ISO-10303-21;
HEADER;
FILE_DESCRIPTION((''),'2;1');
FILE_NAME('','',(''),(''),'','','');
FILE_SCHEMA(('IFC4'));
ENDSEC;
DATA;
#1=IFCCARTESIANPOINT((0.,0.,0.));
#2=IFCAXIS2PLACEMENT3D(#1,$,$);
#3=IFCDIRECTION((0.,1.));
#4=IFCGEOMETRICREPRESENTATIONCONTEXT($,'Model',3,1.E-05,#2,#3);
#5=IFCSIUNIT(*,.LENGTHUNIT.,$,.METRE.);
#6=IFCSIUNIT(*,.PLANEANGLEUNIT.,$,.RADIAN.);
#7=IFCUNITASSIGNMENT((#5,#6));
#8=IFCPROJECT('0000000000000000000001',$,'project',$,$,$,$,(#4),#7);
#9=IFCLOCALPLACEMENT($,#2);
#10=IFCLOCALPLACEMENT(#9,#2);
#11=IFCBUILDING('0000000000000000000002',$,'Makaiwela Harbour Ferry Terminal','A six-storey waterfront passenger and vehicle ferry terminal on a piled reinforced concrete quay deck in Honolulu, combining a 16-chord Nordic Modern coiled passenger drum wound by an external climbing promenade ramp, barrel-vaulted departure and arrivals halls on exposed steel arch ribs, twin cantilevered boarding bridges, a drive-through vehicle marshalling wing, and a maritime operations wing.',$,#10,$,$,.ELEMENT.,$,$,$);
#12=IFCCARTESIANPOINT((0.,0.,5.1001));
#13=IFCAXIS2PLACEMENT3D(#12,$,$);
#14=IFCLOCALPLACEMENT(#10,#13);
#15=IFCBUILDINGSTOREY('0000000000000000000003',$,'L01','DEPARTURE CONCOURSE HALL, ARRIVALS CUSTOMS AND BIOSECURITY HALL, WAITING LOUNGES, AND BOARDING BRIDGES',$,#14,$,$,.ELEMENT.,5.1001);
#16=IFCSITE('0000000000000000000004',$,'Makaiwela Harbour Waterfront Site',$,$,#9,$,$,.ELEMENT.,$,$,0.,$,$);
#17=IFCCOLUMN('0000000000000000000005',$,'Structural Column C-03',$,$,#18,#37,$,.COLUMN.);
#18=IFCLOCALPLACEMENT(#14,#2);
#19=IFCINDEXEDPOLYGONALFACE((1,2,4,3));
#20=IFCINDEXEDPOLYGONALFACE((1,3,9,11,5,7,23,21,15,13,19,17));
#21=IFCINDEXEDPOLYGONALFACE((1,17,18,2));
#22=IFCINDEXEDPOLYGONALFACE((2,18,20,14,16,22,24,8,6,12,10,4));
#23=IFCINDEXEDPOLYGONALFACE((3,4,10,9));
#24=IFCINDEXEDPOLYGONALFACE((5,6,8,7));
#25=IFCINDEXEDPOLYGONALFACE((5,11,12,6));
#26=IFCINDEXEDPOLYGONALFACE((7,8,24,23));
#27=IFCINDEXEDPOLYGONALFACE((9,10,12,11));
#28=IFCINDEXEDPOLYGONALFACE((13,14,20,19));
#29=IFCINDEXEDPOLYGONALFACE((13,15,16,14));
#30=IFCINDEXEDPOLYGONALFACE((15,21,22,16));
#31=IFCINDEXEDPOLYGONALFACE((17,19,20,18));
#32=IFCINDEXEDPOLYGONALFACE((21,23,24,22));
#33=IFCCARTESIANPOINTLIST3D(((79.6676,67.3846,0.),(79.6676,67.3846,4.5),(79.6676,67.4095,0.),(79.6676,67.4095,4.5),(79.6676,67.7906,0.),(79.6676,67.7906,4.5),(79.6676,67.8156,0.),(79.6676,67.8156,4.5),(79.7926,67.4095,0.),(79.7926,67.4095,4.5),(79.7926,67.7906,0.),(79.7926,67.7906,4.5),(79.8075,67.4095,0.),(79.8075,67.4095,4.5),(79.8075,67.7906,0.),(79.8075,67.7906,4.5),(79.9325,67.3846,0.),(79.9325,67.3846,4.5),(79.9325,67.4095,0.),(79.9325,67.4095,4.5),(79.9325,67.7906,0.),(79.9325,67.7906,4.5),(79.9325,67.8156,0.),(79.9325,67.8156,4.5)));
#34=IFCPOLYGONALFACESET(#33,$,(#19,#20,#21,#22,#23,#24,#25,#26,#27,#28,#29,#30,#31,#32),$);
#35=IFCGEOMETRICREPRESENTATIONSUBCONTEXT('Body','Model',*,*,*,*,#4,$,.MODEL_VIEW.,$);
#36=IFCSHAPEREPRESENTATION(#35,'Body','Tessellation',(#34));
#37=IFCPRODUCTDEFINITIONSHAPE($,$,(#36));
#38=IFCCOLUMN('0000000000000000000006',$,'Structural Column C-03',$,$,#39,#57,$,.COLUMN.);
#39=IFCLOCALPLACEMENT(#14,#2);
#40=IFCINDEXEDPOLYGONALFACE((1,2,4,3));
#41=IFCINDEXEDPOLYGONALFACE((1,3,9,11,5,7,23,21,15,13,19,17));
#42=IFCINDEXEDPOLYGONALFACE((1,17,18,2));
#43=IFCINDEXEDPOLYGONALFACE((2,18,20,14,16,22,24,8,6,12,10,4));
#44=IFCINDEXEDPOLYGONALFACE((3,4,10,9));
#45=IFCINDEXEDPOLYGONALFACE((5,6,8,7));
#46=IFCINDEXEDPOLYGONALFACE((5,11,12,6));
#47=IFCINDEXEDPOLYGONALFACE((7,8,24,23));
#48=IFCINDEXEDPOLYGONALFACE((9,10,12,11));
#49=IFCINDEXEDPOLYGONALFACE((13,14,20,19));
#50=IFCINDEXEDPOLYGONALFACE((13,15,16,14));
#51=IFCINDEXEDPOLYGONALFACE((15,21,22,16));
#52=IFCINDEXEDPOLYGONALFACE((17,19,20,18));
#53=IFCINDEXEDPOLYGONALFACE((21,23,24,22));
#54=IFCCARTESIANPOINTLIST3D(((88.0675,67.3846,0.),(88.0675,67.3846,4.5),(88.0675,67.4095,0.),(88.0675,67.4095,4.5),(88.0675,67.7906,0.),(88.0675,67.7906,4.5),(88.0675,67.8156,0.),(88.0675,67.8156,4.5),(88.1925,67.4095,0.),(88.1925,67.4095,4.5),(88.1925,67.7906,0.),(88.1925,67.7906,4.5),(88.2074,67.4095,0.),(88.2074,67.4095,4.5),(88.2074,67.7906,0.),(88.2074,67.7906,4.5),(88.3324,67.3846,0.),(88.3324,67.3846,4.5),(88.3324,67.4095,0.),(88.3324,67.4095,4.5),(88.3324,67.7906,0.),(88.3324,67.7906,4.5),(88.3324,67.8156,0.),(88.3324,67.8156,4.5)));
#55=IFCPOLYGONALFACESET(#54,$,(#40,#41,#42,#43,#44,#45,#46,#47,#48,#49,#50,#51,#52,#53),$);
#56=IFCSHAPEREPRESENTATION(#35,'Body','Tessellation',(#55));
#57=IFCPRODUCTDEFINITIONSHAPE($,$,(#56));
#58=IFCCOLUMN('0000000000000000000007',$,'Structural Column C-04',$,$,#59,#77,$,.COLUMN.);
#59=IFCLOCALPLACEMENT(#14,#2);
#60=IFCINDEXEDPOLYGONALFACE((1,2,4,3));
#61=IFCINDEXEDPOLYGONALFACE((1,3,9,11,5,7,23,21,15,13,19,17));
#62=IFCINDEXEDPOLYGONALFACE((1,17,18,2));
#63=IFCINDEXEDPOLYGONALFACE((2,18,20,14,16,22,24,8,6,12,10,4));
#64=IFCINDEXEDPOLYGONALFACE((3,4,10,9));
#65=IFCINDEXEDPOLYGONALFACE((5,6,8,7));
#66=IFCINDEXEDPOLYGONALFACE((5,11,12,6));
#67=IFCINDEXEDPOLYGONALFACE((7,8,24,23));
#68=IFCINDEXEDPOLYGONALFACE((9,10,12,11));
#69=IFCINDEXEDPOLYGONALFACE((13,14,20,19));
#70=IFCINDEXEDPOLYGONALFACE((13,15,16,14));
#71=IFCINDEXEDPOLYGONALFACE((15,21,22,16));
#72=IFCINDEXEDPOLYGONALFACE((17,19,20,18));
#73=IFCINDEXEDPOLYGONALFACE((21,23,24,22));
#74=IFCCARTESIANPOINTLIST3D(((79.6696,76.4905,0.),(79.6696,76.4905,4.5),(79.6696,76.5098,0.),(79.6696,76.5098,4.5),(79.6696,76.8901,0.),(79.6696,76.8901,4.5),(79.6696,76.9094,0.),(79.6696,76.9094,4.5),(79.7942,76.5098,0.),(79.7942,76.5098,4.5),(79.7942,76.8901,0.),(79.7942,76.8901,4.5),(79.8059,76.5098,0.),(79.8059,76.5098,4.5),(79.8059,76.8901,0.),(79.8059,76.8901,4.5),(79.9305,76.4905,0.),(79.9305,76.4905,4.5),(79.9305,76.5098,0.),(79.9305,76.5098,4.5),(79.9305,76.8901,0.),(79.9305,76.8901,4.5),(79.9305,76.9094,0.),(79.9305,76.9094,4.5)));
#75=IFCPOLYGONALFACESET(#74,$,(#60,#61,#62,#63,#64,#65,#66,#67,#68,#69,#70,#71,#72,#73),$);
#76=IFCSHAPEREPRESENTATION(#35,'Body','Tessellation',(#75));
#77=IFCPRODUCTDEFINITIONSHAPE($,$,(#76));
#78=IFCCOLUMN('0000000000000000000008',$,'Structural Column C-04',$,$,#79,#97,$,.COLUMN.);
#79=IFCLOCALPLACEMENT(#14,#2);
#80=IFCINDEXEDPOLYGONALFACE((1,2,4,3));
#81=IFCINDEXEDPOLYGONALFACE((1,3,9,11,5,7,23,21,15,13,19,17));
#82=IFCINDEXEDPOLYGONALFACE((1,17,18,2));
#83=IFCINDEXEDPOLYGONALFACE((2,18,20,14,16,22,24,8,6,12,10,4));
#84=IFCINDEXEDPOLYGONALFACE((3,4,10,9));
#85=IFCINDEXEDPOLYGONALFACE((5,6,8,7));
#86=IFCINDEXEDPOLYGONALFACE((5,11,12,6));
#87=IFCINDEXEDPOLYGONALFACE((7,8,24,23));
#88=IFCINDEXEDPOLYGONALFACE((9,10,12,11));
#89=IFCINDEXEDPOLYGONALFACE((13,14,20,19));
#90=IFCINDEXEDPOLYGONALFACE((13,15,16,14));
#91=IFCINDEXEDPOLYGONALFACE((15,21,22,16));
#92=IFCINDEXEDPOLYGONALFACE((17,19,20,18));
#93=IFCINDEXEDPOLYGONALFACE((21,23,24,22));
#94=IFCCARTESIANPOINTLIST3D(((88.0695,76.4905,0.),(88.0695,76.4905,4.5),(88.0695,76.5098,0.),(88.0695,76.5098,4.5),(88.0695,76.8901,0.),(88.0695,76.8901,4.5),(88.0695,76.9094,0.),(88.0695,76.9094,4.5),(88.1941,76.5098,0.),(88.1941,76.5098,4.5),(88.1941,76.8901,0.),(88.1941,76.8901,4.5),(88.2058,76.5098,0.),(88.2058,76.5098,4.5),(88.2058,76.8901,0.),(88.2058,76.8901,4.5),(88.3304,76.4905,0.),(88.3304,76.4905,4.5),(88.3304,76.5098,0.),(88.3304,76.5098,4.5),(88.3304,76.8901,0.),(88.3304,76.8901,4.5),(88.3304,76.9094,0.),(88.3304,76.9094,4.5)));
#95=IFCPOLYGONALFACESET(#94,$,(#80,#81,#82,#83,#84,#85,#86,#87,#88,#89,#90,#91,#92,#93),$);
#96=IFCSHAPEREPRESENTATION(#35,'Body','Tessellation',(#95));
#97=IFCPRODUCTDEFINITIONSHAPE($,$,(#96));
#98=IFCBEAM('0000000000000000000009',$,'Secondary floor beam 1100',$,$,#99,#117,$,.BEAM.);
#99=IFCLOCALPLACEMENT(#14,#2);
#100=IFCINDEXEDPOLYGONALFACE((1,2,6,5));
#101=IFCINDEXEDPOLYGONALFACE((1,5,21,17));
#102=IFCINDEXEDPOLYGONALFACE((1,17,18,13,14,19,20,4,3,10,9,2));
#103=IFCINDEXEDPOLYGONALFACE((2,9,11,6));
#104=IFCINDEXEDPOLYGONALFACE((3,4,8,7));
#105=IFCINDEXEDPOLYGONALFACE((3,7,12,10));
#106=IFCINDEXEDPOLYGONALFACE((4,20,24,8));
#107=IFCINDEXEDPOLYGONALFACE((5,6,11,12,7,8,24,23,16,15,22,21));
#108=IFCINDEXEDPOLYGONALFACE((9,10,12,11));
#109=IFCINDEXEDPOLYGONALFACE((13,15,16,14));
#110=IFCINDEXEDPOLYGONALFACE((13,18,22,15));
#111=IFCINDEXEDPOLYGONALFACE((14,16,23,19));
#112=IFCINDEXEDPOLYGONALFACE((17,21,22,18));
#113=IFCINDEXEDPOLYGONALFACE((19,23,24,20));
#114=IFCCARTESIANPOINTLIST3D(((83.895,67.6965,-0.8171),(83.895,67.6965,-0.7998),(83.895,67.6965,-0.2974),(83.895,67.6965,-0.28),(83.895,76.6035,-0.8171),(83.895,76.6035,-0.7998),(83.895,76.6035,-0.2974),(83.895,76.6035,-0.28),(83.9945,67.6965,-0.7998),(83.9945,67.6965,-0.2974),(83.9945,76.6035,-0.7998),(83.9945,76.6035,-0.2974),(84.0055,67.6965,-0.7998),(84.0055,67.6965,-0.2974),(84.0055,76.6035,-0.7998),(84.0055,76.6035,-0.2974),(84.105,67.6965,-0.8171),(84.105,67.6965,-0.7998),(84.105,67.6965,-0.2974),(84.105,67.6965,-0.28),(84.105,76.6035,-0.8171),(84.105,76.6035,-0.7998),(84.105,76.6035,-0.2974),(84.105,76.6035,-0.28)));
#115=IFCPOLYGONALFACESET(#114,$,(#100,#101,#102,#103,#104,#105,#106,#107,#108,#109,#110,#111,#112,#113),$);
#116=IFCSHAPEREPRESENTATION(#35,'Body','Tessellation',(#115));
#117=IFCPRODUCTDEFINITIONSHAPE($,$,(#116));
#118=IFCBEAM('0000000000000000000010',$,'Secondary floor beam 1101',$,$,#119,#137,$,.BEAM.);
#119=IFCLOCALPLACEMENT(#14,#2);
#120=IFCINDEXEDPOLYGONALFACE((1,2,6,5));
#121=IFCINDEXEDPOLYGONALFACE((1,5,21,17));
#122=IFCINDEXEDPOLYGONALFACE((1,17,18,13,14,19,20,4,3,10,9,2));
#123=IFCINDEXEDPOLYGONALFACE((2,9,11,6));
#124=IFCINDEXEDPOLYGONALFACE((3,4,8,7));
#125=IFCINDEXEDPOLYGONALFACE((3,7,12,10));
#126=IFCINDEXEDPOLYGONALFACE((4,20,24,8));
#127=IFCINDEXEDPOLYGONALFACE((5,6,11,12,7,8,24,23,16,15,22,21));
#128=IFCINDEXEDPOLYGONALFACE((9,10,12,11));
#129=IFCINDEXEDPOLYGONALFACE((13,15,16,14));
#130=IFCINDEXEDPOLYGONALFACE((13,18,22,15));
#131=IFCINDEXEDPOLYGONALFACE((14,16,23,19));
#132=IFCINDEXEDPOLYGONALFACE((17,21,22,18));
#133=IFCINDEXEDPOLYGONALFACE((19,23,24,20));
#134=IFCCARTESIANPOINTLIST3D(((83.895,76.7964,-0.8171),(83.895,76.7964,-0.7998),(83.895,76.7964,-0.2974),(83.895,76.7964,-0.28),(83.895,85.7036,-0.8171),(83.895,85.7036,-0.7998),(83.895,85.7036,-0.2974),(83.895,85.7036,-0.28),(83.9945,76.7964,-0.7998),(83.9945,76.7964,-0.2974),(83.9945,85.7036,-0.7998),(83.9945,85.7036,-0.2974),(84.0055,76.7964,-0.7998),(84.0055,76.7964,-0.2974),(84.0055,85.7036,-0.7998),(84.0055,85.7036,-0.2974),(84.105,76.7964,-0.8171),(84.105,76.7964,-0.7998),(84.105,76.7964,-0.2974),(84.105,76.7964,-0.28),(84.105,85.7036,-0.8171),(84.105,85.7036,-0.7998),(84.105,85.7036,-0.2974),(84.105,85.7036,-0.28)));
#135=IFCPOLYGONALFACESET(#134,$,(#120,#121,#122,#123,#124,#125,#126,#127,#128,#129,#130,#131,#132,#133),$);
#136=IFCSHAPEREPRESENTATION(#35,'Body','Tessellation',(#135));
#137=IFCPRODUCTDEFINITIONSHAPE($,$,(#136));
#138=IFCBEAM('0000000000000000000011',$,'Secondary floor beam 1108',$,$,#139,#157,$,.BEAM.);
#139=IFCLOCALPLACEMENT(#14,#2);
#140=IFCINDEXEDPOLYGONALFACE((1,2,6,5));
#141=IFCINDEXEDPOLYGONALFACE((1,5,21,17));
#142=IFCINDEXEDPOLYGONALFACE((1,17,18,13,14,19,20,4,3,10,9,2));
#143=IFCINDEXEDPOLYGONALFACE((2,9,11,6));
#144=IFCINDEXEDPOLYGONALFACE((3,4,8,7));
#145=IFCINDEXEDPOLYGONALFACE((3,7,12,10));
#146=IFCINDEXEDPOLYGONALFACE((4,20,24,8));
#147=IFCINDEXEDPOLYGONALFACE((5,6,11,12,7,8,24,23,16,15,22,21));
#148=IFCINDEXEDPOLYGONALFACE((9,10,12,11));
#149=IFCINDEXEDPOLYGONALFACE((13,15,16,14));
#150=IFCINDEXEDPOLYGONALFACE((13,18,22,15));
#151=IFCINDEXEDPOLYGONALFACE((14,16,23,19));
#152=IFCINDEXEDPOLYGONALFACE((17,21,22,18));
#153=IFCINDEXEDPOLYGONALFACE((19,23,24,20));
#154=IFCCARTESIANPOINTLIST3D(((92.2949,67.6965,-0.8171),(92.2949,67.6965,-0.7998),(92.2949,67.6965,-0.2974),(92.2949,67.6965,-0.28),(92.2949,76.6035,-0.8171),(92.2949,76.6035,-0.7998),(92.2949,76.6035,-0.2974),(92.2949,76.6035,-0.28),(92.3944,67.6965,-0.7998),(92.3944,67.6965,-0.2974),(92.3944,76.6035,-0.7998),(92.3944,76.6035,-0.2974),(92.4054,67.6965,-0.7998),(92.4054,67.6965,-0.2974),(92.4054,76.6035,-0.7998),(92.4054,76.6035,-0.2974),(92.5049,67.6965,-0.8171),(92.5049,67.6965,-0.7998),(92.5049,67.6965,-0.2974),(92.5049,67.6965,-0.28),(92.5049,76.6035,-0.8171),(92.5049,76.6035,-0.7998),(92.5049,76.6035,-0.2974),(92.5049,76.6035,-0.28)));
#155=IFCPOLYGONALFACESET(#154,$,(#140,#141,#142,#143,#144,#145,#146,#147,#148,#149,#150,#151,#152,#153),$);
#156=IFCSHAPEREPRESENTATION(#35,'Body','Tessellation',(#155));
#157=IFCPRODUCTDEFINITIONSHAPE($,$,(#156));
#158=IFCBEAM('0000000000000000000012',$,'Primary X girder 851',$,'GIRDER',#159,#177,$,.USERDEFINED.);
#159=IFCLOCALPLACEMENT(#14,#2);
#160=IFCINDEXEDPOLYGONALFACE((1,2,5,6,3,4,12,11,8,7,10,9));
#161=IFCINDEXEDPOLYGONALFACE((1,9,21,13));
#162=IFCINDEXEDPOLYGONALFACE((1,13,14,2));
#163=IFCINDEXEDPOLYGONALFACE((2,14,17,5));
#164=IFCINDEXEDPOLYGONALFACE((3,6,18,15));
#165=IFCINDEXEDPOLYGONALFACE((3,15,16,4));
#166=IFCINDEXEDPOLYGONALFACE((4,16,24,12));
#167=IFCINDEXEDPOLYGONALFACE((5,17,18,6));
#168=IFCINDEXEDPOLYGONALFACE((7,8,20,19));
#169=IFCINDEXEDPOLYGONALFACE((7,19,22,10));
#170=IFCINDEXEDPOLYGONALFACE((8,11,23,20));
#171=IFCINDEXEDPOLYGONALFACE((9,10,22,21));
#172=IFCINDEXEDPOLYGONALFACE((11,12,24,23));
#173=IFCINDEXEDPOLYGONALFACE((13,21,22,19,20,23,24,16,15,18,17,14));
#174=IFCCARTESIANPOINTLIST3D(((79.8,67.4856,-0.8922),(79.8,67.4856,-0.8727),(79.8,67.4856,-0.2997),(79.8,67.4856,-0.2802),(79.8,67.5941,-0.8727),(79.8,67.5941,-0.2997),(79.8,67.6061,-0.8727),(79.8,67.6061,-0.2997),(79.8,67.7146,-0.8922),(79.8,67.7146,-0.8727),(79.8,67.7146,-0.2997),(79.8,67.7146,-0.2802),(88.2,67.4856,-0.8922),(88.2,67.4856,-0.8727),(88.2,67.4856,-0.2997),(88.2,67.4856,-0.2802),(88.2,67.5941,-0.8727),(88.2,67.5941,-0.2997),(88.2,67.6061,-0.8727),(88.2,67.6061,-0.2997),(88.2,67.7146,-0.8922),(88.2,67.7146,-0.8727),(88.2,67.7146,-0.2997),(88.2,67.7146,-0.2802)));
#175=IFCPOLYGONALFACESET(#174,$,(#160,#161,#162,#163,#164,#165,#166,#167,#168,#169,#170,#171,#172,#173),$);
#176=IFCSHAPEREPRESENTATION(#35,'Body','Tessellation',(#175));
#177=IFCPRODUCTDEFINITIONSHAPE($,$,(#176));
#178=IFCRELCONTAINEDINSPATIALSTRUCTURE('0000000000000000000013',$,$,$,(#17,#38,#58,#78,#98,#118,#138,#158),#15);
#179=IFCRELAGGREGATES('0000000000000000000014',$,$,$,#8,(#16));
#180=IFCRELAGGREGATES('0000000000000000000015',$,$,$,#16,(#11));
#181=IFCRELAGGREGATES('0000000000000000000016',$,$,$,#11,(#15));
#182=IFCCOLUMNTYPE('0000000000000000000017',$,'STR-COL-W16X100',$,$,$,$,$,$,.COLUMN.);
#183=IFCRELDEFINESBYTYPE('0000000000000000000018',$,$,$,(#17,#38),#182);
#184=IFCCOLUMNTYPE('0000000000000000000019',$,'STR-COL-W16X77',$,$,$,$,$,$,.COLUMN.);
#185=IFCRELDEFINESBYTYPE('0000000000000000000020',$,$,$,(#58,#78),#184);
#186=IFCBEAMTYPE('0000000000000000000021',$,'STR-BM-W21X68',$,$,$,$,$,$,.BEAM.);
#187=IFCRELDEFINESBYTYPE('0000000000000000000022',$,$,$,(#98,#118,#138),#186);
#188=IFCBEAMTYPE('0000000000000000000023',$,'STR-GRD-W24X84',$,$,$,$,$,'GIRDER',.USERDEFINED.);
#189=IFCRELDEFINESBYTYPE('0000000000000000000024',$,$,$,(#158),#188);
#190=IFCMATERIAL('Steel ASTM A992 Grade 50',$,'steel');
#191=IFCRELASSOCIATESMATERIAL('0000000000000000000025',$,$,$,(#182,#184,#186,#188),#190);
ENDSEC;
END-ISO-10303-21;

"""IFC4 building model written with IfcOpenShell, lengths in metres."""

from ifc_helpers import new_model, si_unit, direction, frame, origin, origin_2d, place, context, subcontext, project, spatial, i_section, extrude, material, material_profile, profile_set, type_object, element, save


model = new_model("IFC4")

# Units and contexts
model_context = context("Model", 3, precision=1e-05, world=origin(), true_north=direction((0.0, 1.0)))
body_context = subcontext(model_context, "Body", "Model", "MODEL_VIEW")
ifc_project = project(units=[si_unit("LENGTHUNIT", "METRE"), si_unit("PLANEANGLEUNIT", "RADIAN")], contexts=[model_context])

# Site, building, storey
site_placement = place(None, origin())
site = spatial("IfcSite", under=ifc_project, at=site_placement, Name="Makaiwela Harbour Waterfront Site", CompositionType="ELEMENT", RefElevation=0.0)
building_placement = place(site_placement, origin())
building = spatial("IfcBuilding", under=site, at=building_placement, Name="Makaiwela Harbour Ferry Terminal", Description="A six-storey waterfront passenger and vehicle ferry terminal on a piled reinforced concrete quay deck in Honolulu, combining a 16-chord Nordic Modern coiled passenger drum wound by an external climbing promenade ramp, barrel-vaulted departure and arrivals halls on exposed steel arch ribs, twin cantilevered boarding bridges, a drive-through vehicle marshalling wing, and a maritime operations wing.", CompositionType="ELEMENT")
storey_placement = place(building_placement, frame((0.0, 0.0, 5.1001)))
storey = spatial("IfcBuildingStorey", under=building, at=storey_placement, Name="L01", Description="DEPARTURE CONCOURSE HALL, ARRIVALS CUSTOMS AND BIOSECURITY HALL, WAITING LOUNGES, AND BOARDING BRIDGES", CompositionType="ELEMENT", Elevation=5.1001)

# Columns
ifc_material_1 = material(Name="Steel ASTM A992 Grade 50", Category="steel")
ifc_material_profile_1 = material_profile(ifc_material_1, i_section(OverallWidth=0.2649, OverallDepth=0.4309, WebThickness=0.0149, FlangeThickness=0.0249, at=origin_2d()), Name="W16X100")
ifc_profile_set_1 = profile_set([ifc_material_profile_1], Name="Steel ASTM A992 Grade 50")
column_type_1 = type_object("IfcColumnType", Name="STR-COL-W16X100", PredefinedType="COLUMN", material=ifc_profile_set_1)
for number, where, z_axis, x_axis, name in (
    (1, (79.8, 67.6001, 0.0), (0.0, 0.0, 1.0), (1.0, 0.0, 0.0), "Structural Column C-03"),
    (2, (88.2, 67.6001, 0.0), (0.0, 0.0, 1.0), (1.0, 0.0, 0.0), "Structural Column C-03"),
):
    element("IfcColumn", number, at=place(storey_placement, frame(where, z_axis=z_axis, x_axis=x_axis)), inside=storey, type_object=column_type_1, Name=name, PredefinedType="COLUMN", context=body_context, shape_type="SweptSolid", body=[
        extrude(i_section(OverallWidth=0.2649, OverallDepth=0.4309, WebThickness=0.0149, FlangeThickness=0.0249, at=origin_2d()), origin(), (0.0, 0.0, 1.0), 4.5),
    ])
ifc_material_profile_2 = material_profile(ifc_material_1, i_section(OverallWidth=0.261, OverallDepth=0.4189, WebThickness=0.0117, FlangeThickness=0.0193, at=origin_2d()), Name="W16X77")
ifc_profile_set_2 = profile_set([ifc_material_profile_2], Name="Steel ASTM A992 Grade 50")
column_type_2 = type_object("IfcColumnType", Name="STR-COL-W16X77", PredefinedType="COLUMN", material=ifc_profile_set_2)
for number, where, z_axis, x_axis, name in (
    (3, (79.8, 76.7, 0.0), (0.0, 0.0, 1.0), (1.0, 0.0, 0.0), "Structural Column C-04"),
    (4, (88.2, 76.7, 0.0), (0.0, 0.0, 1.0), (1.0, 0.0, 0.0), "Structural Column C-04"),
):
    element("IfcColumn", number, at=place(storey_placement, frame(where, z_axis=z_axis, x_axis=x_axis)), inside=storey, type_object=column_type_2, Name=name, PredefinedType="COLUMN", context=body_context, shape_type="SweptSolid", body=[
        extrude(i_section(OverallWidth=0.261, OverallDepth=0.4189, WebThickness=0.0117, FlangeThickness=0.0193, at=origin_2d()), origin(), (0.0, 0.0, 1.0), 4.5),
    ])

# Beams
ifc_material_profile_3 = material_profile(ifc_material_1, i_section(OverallWidth=0.21, OverallDepth=0.5371, WebThickness=0.011, FlangeThickness=0.0173, at=origin_2d()), Name="W21X68")
ifc_profile_set_3 = profile_set([ifc_material_profile_3], Name="Steel ASTM A992 Grade 50")
beam_type_1 = type_object("IfcBeamType", Name="STR-BM-W21X68", PredefinedType="BEAM", material=ifc_profile_set_3)
beam_1_placement = place(storey_placement, frame((84.0, 67.6965, -0.5486), z_axis=(0.0, 1.0, 0.0), x_axis=(-1.0, 0.0, 0.0)))
element("IfcBeam", 5, at=beam_1_placement, inside=storey, type_object=beam_type_1, Name="Secondary floor beam 1100", PredefinedType="BEAM", context=body_context, shape_type="SweptSolid", body=[
    extrude(i_section(OverallWidth=0.21, OverallDepth=0.5371, WebThickness=0.011, FlangeThickness=0.0173, at=origin_2d()), origin(), (0.0, 0.0, 1.0), 8.907),
])
beam_2_placement = place(storey_placement, frame((84.0, 76.7964, -0.5486), z_axis=(0.0, 1.0, 0.0), x_axis=(-1.0, 0.0, 0.0)))
element("IfcBeam", 6, at=beam_2_placement, inside=storey, type_object=beam_type_1, Name="Secondary floor beam 1101", PredefinedType="BEAM", context=body_context, shape_type="SweptSolid", body=[
    extrude(i_section(OverallWidth=0.21, OverallDepth=0.5371, WebThickness=0.011, FlangeThickness=0.0173, at=origin_2d()), origin(), (0.0, 0.0, 1.0), 8.9072),
])
beam_3_placement = place(storey_placement, frame((92.3999, 67.6965, -0.5486), z_axis=(0.0, 1.0, 0.0), x_axis=(-1.0, 0.0, 0.0)))
element("IfcBeam", 7, at=beam_3_placement, inside=storey, type_object=beam_type_1, Name="Secondary floor beam 1108", PredefinedType="BEAM", context=body_context, shape_type="SweptSolid", body=[
    extrude(i_section(OverallWidth=0.21, OverallDepth=0.5371, WebThickness=0.011, FlangeThickness=0.0173, at=origin_2d()), origin(), (0.0, 0.0, 1.0), 8.907),
])
ifc_material_profile_4 = material_profile(ifc_material_1, i_section(OverallWidth=0.229, OverallDepth=0.6121, WebThickness=0.012, FlangeThickness=0.0195, at=origin_2d()), Name="W24X84")
ifc_profile_set_4 = profile_set([ifc_material_profile_4], Name="Steel ASTM A992 Grade 50")
beam_type_2 = type_object("IfcBeamType", Name="STR-GRD-W24X84", ElementType="GIRDER", PredefinedType="USERDEFINED", material=ifc_profile_set_4)
beam_4_placement = place(storey_placement, frame((79.8, 67.6001, -0.5862), z_axis=(1.0, 0.0, 0.0), x_axis=(0.0, 1.0, 0.0)))
element("IfcBeam", 8, at=beam_4_placement, inside=storey, type_object=beam_type_2, Name="Primary X girder 851", ObjectType="GIRDER", PredefinedType="USERDEFINED", context=body_context, shape_type="SweptSolid", body=[
    extrude(i_section(OverallWidth=0.229, OverallDepth=0.6121, WebThickness=0.012, FlangeThickness=0.0195, at=origin_2d()), origin(), (0.0, 0.0, 1.0), 8.3999),
])

save(model, "model.ifc")
